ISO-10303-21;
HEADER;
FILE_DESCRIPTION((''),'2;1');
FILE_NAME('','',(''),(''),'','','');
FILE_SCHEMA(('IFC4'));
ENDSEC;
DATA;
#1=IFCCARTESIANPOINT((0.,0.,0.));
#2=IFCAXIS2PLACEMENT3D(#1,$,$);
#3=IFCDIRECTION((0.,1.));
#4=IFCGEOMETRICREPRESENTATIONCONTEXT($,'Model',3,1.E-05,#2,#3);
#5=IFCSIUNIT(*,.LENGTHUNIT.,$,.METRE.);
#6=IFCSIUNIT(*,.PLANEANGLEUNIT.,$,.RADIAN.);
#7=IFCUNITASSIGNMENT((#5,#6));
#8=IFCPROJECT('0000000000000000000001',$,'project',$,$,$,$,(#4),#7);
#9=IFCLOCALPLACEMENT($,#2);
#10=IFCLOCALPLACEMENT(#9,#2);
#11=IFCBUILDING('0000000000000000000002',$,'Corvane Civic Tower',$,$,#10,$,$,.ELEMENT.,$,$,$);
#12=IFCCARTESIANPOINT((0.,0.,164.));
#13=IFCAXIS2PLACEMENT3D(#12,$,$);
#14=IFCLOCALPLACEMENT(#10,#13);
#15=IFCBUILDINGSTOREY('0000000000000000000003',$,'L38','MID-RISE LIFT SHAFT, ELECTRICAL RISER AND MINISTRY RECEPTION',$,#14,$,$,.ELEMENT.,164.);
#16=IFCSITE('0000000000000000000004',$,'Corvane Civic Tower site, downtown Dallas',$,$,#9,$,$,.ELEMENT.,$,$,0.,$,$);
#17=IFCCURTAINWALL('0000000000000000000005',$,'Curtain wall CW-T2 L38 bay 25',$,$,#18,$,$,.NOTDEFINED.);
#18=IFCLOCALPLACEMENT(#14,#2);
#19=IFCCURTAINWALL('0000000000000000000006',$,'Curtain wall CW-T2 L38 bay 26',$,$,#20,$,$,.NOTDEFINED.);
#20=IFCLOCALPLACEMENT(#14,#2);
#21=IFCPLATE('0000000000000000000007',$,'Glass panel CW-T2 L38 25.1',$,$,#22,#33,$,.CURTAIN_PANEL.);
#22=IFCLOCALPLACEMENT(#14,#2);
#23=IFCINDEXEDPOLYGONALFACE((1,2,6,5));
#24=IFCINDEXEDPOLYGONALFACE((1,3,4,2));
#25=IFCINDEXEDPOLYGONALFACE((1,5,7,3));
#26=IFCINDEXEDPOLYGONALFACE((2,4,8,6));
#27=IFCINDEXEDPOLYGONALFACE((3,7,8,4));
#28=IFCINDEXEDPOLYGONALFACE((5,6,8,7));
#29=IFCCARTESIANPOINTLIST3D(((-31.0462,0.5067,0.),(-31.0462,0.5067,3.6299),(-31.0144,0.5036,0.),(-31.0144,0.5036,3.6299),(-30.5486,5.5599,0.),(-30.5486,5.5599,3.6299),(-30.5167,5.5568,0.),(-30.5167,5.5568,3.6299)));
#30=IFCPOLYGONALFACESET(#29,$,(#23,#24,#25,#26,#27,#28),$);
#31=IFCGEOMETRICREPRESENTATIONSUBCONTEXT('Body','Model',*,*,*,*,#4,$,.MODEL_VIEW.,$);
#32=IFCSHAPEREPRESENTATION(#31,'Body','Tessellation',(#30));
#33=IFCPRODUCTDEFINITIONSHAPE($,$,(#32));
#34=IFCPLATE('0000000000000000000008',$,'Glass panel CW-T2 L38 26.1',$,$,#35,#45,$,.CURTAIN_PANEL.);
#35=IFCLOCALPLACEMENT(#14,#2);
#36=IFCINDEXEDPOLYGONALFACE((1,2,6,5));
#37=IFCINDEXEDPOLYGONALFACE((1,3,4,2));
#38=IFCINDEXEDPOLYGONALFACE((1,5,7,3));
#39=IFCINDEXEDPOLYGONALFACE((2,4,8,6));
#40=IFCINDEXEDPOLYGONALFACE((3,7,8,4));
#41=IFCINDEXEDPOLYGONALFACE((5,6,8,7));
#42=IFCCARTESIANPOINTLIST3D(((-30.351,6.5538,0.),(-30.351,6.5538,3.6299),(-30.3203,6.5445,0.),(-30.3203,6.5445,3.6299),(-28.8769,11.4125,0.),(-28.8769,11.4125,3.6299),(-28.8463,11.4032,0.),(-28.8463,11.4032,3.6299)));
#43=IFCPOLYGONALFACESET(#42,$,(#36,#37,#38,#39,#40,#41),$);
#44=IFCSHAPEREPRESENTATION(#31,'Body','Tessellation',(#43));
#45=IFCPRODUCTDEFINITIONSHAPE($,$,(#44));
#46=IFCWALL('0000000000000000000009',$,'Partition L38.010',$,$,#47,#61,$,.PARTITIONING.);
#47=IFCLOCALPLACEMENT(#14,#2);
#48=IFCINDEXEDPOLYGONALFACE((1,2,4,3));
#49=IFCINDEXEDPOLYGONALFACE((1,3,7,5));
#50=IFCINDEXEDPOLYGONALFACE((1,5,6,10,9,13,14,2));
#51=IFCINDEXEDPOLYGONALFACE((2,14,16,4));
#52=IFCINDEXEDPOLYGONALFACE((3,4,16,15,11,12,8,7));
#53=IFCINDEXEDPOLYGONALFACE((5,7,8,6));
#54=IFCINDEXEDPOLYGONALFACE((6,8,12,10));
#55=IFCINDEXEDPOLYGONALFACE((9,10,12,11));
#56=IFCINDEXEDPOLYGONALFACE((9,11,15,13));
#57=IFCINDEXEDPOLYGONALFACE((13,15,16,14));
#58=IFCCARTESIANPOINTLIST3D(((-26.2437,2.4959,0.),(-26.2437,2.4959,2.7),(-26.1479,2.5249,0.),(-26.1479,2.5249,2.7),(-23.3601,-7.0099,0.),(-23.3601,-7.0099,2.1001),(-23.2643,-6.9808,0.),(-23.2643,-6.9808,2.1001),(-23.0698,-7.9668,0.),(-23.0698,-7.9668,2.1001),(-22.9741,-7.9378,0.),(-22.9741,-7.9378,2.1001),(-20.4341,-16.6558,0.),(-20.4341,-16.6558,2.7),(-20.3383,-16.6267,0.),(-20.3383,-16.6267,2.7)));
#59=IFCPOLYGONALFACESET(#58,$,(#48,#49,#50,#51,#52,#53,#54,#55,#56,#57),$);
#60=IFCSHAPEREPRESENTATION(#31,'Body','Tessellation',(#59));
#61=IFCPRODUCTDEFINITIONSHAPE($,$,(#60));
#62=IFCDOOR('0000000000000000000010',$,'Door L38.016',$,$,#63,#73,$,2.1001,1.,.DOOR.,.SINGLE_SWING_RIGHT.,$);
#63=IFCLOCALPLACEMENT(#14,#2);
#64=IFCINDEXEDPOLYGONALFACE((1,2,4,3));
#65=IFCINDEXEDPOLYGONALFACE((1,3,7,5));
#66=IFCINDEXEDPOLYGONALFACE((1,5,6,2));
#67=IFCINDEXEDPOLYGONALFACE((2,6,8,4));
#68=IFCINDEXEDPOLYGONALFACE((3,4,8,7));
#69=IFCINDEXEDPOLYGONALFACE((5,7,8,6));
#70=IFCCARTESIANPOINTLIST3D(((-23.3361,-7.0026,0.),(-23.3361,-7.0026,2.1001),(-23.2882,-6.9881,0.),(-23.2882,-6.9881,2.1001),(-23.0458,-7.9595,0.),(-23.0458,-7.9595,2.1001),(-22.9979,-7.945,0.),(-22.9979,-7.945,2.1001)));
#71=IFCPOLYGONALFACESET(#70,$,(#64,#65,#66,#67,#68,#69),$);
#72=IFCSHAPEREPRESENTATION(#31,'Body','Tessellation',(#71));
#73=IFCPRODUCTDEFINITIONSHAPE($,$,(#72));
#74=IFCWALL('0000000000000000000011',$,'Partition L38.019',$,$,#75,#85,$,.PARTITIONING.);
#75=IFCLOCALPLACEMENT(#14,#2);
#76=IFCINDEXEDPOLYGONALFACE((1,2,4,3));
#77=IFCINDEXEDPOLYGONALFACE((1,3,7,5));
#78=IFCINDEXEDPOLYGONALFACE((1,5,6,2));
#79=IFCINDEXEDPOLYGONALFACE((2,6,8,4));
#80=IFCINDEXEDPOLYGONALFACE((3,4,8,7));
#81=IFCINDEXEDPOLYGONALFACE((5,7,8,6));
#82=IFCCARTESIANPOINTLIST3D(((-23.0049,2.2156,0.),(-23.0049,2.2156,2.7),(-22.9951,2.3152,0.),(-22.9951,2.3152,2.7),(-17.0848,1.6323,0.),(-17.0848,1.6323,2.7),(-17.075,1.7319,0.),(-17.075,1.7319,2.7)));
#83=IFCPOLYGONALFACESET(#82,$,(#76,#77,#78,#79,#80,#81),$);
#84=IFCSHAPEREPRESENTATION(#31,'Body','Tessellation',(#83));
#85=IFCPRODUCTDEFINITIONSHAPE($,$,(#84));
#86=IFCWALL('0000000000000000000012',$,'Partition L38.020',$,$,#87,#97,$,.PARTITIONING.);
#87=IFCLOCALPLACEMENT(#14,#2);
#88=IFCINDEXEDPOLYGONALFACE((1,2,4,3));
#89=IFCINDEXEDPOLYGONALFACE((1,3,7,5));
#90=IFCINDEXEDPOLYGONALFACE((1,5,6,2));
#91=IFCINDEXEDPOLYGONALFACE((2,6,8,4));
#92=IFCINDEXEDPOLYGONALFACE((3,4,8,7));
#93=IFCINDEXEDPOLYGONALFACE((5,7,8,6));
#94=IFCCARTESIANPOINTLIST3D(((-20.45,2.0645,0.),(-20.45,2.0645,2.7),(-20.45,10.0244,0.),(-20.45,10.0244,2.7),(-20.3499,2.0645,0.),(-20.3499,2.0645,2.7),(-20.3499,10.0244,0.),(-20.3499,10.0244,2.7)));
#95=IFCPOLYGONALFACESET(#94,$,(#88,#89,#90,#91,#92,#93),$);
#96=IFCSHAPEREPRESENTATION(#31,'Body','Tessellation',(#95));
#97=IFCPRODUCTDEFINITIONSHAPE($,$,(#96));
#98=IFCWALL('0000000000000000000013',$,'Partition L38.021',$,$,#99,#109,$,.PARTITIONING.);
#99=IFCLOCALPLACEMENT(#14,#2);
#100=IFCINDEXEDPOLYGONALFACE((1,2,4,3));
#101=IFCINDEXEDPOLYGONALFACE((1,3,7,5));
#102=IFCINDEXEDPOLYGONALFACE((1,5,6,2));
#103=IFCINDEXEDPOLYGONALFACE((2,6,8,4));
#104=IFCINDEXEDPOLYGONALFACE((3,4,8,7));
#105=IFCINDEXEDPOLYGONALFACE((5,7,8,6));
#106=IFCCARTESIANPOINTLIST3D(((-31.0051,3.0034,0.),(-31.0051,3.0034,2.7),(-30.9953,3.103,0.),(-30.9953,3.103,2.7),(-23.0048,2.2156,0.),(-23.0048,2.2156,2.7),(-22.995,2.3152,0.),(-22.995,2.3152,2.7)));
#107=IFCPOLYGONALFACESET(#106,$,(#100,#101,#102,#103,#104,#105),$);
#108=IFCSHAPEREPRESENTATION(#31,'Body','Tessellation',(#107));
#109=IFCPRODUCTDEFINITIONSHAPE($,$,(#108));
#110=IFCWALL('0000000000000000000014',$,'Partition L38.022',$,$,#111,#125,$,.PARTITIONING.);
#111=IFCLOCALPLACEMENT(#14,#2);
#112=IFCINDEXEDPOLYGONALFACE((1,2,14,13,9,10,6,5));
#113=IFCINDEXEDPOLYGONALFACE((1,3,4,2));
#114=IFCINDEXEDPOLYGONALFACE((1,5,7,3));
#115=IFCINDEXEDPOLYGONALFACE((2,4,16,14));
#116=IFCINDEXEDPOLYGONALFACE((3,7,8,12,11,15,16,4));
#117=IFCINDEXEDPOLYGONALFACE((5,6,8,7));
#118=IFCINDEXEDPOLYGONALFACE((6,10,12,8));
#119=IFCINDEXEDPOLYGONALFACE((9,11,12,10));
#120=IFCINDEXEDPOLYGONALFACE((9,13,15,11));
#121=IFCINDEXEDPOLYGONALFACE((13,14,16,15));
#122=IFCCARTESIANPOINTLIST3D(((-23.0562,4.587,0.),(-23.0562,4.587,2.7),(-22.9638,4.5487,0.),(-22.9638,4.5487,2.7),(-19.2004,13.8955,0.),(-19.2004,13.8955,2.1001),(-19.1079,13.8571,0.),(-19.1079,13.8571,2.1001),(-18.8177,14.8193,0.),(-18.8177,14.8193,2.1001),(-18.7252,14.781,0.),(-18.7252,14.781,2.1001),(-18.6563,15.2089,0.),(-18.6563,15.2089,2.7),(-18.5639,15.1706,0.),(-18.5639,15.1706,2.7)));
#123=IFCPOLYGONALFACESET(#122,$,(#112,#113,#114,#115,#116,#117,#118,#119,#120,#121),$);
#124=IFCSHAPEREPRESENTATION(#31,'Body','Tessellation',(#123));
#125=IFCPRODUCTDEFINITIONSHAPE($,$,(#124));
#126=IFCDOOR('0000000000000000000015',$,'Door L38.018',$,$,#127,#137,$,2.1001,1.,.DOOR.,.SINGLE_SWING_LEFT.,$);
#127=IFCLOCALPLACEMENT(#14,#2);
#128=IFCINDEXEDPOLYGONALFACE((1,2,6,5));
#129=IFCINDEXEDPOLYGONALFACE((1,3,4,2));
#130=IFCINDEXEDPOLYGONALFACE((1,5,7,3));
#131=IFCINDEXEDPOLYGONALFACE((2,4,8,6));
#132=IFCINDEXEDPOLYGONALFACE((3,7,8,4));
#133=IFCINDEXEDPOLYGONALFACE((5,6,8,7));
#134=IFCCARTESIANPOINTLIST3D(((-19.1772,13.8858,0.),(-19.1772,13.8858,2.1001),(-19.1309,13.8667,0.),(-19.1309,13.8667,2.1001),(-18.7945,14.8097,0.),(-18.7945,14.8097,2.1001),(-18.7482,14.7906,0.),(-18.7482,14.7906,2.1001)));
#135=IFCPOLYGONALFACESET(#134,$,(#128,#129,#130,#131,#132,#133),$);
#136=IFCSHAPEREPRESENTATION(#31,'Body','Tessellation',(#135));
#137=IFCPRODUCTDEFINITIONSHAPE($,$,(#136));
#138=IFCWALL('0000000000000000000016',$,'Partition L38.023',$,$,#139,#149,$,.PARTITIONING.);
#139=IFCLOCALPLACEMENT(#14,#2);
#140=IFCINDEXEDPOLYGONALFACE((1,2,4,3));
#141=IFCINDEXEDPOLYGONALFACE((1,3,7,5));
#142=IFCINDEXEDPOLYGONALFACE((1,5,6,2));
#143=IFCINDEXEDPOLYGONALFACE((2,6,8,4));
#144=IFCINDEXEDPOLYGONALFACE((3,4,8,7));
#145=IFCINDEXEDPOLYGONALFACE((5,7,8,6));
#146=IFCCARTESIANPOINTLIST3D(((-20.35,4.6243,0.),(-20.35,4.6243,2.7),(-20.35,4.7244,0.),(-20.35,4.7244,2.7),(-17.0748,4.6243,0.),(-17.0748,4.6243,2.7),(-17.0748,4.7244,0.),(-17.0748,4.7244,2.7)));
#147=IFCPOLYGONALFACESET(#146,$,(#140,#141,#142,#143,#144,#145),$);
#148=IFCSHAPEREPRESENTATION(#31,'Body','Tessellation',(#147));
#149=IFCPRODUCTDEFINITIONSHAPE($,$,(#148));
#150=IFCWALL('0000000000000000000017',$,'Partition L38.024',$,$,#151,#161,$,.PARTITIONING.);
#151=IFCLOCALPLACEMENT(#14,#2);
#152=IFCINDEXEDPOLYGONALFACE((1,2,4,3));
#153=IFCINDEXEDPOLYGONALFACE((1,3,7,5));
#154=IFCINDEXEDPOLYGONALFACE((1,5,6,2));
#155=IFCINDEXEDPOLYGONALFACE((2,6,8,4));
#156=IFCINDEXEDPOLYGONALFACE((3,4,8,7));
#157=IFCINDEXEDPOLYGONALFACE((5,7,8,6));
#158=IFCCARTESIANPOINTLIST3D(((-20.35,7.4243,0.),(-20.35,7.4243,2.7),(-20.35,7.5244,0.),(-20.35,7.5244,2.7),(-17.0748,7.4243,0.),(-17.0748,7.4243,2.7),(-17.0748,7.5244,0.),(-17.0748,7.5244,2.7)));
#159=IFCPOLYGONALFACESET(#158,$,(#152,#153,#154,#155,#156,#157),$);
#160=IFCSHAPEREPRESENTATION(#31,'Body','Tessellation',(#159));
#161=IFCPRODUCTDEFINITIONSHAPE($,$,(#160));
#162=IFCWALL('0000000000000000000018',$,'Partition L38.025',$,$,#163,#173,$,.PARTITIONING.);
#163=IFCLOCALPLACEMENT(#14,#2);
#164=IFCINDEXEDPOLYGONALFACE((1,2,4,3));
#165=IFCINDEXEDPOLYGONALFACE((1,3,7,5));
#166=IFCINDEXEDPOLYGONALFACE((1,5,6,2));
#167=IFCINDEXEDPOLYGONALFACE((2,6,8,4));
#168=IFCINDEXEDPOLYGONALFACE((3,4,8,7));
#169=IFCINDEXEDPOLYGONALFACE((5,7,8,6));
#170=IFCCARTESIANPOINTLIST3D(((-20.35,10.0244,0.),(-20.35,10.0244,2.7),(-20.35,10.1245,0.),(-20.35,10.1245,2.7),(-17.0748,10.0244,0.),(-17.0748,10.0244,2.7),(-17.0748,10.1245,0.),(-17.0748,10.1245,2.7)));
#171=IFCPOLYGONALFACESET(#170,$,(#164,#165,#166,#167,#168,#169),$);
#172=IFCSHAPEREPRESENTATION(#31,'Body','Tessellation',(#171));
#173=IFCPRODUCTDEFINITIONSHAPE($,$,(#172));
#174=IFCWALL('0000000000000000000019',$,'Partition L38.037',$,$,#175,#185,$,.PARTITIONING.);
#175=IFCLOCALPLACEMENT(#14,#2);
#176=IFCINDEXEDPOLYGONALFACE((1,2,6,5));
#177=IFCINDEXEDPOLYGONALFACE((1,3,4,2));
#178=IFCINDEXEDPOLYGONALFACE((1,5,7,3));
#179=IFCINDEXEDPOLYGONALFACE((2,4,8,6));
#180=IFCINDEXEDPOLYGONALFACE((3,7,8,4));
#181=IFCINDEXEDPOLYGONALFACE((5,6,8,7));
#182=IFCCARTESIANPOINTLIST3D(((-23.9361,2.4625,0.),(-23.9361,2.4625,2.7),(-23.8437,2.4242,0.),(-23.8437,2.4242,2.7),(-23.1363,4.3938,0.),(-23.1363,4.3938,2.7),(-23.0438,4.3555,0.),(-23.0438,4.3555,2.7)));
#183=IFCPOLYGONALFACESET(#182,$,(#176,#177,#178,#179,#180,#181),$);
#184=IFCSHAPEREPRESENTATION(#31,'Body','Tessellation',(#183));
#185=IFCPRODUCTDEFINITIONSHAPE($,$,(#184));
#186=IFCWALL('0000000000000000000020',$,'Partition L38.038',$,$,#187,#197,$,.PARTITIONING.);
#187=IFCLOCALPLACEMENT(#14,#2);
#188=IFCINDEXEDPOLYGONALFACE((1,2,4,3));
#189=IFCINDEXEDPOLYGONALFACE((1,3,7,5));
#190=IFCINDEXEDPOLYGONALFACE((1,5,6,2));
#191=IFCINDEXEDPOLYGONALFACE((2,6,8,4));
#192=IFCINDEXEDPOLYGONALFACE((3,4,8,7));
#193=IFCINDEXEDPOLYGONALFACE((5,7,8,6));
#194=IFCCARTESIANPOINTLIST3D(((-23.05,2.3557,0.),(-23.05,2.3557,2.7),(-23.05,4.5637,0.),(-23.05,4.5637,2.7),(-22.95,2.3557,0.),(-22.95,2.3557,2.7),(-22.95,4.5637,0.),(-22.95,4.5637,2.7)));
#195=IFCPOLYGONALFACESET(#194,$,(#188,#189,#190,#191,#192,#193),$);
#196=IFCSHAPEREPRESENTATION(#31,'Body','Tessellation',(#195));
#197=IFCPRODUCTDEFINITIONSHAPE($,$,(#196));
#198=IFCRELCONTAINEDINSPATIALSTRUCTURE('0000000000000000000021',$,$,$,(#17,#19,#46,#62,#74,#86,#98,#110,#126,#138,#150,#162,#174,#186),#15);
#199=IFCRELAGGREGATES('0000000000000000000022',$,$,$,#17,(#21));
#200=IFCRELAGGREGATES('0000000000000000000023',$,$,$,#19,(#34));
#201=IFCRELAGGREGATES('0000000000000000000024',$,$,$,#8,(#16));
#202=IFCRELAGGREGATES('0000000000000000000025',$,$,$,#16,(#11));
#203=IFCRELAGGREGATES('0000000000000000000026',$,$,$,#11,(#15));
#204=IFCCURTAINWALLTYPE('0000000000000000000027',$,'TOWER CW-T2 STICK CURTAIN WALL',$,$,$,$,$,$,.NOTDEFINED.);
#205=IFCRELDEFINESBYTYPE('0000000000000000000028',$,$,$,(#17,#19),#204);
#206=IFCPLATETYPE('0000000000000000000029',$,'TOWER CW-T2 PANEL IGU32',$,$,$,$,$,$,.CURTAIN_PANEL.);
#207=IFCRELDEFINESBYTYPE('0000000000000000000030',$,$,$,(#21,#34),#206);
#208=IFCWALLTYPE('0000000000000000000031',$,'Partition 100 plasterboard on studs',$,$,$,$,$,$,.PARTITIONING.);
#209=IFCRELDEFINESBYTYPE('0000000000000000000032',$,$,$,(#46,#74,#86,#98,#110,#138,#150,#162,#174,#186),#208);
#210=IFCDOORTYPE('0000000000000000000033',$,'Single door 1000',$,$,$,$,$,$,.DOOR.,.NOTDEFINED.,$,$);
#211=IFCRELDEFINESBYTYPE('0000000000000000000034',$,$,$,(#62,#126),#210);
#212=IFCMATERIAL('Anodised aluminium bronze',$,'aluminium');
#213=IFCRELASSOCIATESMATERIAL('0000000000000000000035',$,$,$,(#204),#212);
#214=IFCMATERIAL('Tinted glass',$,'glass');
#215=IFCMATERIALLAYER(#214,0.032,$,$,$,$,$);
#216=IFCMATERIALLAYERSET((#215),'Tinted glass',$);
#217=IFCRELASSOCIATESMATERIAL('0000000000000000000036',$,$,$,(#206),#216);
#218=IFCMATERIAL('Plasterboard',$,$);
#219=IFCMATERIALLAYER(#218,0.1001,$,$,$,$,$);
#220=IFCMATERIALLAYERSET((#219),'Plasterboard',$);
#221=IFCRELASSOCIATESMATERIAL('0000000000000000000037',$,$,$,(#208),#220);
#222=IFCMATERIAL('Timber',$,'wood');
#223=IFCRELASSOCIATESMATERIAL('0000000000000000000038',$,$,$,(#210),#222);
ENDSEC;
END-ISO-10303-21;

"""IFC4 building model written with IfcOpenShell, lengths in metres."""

from ifc_helpers import new_model, si_unit, direction, frame, frame_2d, origin, origin_2d, place, context, subcontext, project, spatial, rectangle, extrude, material, layer, layer_set, type_object, element, fill, aggregate, save


model = new_model("IFC4")

# Units and contexts
model_context = context("Model", 3, precision=1e-05, world=origin(), true_north=direction((0.0, 1.0)))
body_context = subcontext(model_context, "Body", "Model", "MODEL_VIEW")
ifc_project = project(units=[si_unit("LENGTHUNIT", "METRE"), si_unit("PLANEANGLEUNIT", "RADIAN")], contexts=[model_context])

# Site, building, storey
site_placement = place(None, origin())
site = spatial("IfcSite", under=ifc_project, at=site_placement, Name="Corvane Civic Tower site, downtown Dallas", CompositionType="ELEMENT", RefElevation=0.0)
building_placement = place(site_placement, origin())
building = spatial("IfcBuilding", under=site, at=building_placement, Name="Corvane Civic Tower", CompositionType="ELEMENT")
storey_placement = place(building_placement, frame((0.0, 0.0, 164.0)))
storey = spatial("IfcBuildingStorey", under=building, at=storey_placement, Name="L38", Description="MID-RISE LIFT SHAFT, ELECTRICAL RISER AND MINISTRY RECEPTION", CompositionType="ELEMENT", Elevation=164.0)

# Curtain walls
ifc_material_1 = material(Name="Anodised aluminium bronze", Category="aluminium")
curtain_wall_type = type_object("IfcCurtainWallType", Name="TOWER CW-T2 STICK CURTAIN WALL", PredefinedType="NOTDEFINED", material=ifc_material_1)
curtain_wall_1_placement = place(storey_placement, origin())
curtain_wall_1 = element("IfcCurtainWall", 1, at=curtain_wall_1_placement, inside=storey, type_object=curtain_wall_type, Name="Curtain wall CW-T2 L38 bay 25", PredefinedType="NOTDEFINED")
curtain_wall_2_placement = place(storey_placement, origin())
curtain_wall_2 = element("IfcCurtainWall", 2, at=curtain_wall_2_placement, inside=storey, type_object=curtain_wall_type, Name="Curtain wall CW-T2 L38 bay 26", PredefinedType="NOTDEFINED")

# Plates
ifc_material_2 = material(Name="Tinted glass", Category="glass")
ifc_layer_1 = layer(ifc_material_2, 0.032)
ifc_layer_set_1 = layer_set([ifc_layer_1], Name="Tinted glass")
plate_type = type_object("IfcPlateType", Name="TOWER CW-T2 PANEL IGU32", PredefinedType="CURTAIN_PANEL", material=ifc_layer_set_1)
plate_1_placement = place(storey_placement, frame((-30.7815, 3.0317, 0.0), z_axis=(0.0, 0.0, 1.0), x_axis=(0.098012, 0.995185, 0.0)))
plate_1 = element("IfcPlate", 3, at=plate_1_placement, type_object=plate_type, Name="Glass panel CW-T2 L38 25.1", PredefinedType="CURTAIN_PANEL", context=body_context, shape_type="SweptSolid", body=[
    extrude(rectangle(XDim=5.0776, YDim=0.032, at=origin_2d()), origin(), (0.0, 0.0, 1.0), 3.6299),
])
aggregate(curtain_wall_1, [plate_1])
plate_2_placement = place(storey_placement, frame((-29.5986, 8.9785, 0.0), z_axis=(0.0, 0.0, 1.0), x_axis=(0.290313, 0.956932, 0.0)))
plate_2 = element("IfcPlate", 4, at=plate_2_placement, type_object=plate_type, Name="Glass panel CW-T2 L38 26.1", PredefinedType="CURTAIN_PANEL", context=body_context, shape_type="SweptSolid", body=[
    extrude(rectangle(XDim=5.0774, YDim=0.032, at=origin_2d()), origin(), (0.0, 0.0, 1.0), 3.6299),
])
aggregate(curtain_wall_2, [plate_2])

# Wall, opening, door
ifc_material_3 = material(Name="Plasterboard")
ifc_layer_2 = layer(ifc_material_3, 0.1001)
ifc_layer_set_2 = layer_set([ifc_layer_2], Name="Plasterboard")
wall_type = type_object("IfcWallType", Name="Partition 100 plasterboard on studs", PredefinedType="PARTITIONING", material=ifc_layer_set_2)
wall_1_placement = place(storey_placement, frame((-26.1958, 2.5105, 0.0), z_axis=(0.0, 0.0, 1.0), x_axis=(0.290284, -0.95694, 0.0)))
wall_1 = element("IfcWall", 5, at=wall_1_placement, inside=storey, type_object=wall_type, Name="Partition L38.010", PredefinedType="PARTITIONING", context=body_context, shape_type="SweptSolid", body=[
    extrude(rectangle(XDim=20.0134, YDim=0.1001, at=frame_2d((10.0068, 0.0))), origin(), (0.0, 0.0, 1.0), 2.7),
])
opening_1_placement = place(wall_1_placement, frame((9.9336, 0.0, 0.0)))
opening_1 = element("IfcOpeningElement", 6, at=opening_1_placement, cuts=wall_1, PredefinedType="OPENING", context=body_context, shape_type="SweptSolid", body=[
    extrude(rectangle(XDim=1.0, YDim=2.1001, at=frame_2d((0.5, 1.05))), frame((0.0, 0.0601, 0.0), z_axis=(0.0, -1.0, 0.0), x_axis=(1.0, 0.0, 0.0)), (0.0, 0.0, 1.0), 0.1201),
])
ifc_material_4 = material(Name="Timber", Category="wood")
door_type = type_object("IfcDoorType", Name="Single door 1000", OperationType="NOTDEFINED", PredefinedType="DOOR", material=ifc_material_4)
door_1_placement = place(opening_1_placement, frame((1.0, 0.0, 0.0), z_axis=(0.0, 0.0, 1.0), x_axis=(-1.0, 0.0, 0.0)))
door_1 = element("IfcDoor", 7, at=door_1_placement, inside=storey, type_object=door_type, Name="Door L38.016", OperationType="SINGLE_SWING_RIGHT", OverallHeight=2.1001, OverallWidth=1.0, PredefinedType="DOOR", context=body_context, shape_type="SweptSolid", body=[
    extrude(rectangle(XDim=1.0, YDim=2.1001, at=frame_2d((0.5, 1.05))), frame((0.0, 0.0249, 0.0), z_axis=(0.0, -1.0, 0.0), x_axis=(1.0, 0.0, 0.0)), (0.0, 0.0, 1.0), 0.05),
])
fill(opening_1, door_1)

# Walls
wall_2_placement = place(storey_placement, frame((-23.0, 2.2654, 0.0), z_axis=(0.0, 0.0, 1.0), x_axis=(0.995182, -0.098045, 0.0)))
element("IfcWall", 8, at=wall_2_placement, inside=storey, type_object=wall_type, Name="Partition L38.019", PredefinedType="PARTITIONING", context=body_context, shape_type="SweptSolid", body=[
    extrude(rectangle(XDim=5.9487, YDim=0.1001, at=frame_2d((2.9744, 0.0))), origin(), (0.0, 0.0, 1.0), 2.7),
])
wall_3_placement = place(storey_placement, frame((-20.3999, 2.0645, 0.0), z_axis=(0.0, 0.0, 1.0), x_axis=(0.0, 1.0, 0.0)))
element("IfcWall", 9, at=wall_3_placement, inside=storey, type_object=wall_type, Name="Partition L38.020", PredefinedType="PARTITIONING", context=body_context, shape_type="SweptSolid", body=[
    extrude(rectangle(XDim=7.96, YDim=0.1001, at=frame_2d((3.98, 0.0))), origin(), (0.0, 0.0, 1.0), 2.7),
])
wall_4_placement = place(storey_placement, frame((-31.0002, 3.0532, 0.0), z_axis=(0.0, 0.0, 1.0), x_axis=(0.995186, -0.098003, 0.0)))
element("IfcWall", 10, at=wall_4_placement, inside=storey, type_object=wall_type, Name="Partition L38.021", PredefinedType="PARTITIONING", context=body_context, shape_type="SweptSolid", body=[
    extrude(rectangle(XDim=8.0391, YDim=0.1001, at=frame_2d((4.0195, 0.0))), origin(), (0.0, 0.0, 1.0), 2.7),
])

# Wall, opening, door
wall_5_placement = place(storey_placement, frame((-23.01, 4.5679, 0.0), z_axis=(0.0, 0.0, 1.0), x_axis=(0.382698, 0.923873, 0.0)))
wall_5 = element("IfcWall", 11, at=wall_5_placement, inside=storey, type_object=wall_type, Name="Partition L38.022", PredefinedType="PARTITIONING", context=body_context, shape_type="SweptSolid", body=[
    extrude(rectangle(XDim=11.4971, YDim=0.1001, at=frame_2d((5.7485, 0.0))), origin(), (0.0, 0.0, 1.0), 2.7),
])
opening_2_placement = place(wall_5_placement, frame((10.0754, 0.0, 0.0)))
opening_2 = element("IfcOpeningElement", 12, at=opening_2_placement, cuts=wall_5, PredefinedType="OPENING", context=body_context, shape_type="SweptSolid", body=[
    extrude(rectangle(XDim=1.0, YDim=2.1001, at=frame_2d((0.5, 1.05))), frame((0.0, 0.0601, 0.0), z_axis=(0.0, -1.0, 0.0), x_axis=(1.0, 0.0, 0.0)), (0.0, 0.0, 1.0), 0.1201),
])
door_2_placement = place(opening_2_placement, origin())
door_2 = element("IfcDoor", 13, at=door_2_placement, inside=storey, type_object=door_type, Name="Door L38.018", OperationType="SINGLE_SWING_LEFT", OverallHeight=2.1001, OverallWidth=1.0, PredefinedType="DOOR", context=body_context, shape_type="SweptSolid", body=[
    extrude(rectangle(XDim=1.0, YDim=2.1001, at=frame_2d((0.5, 1.05))), frame((0.0, 0.0249, 0.0), z_axis=(0.0, -1.0, 0.0), x_axis=(1.0, 0.0, 0.0)), (0.0, 0.0, 1.0), 0.05),
])
fill(opening_2, door_2)

# Walls
for number, where, z_axis, x_axis, name in (
    (14, (-20.3501, 4.6743, 0.0), (0.0, 0.0, 1.0), (1.0, 0.0, 0.0), "Partition L38.023"),
    (15, (-20.3501, 7.4744, 0.0), (0.0, 0.0, 1.0), (1.0, 0.0, 0.0), "Partition L38.024"),
    (16, (-20.3501, 10.0745, 0.0), (0.0, 0.0, 1.0), (1.0, 0.0, 0.0), "Partition L38.025"),
):
    element("IfcWall", number, at=place(storey_placement, frame(where, z_axis=z_axis, x_axis=x_axis)), inside=storey, type_object=wall_type, Name=name, PredefinedType="PARTITIONING", context=body_context, shape_type="SweptSolid", body=[
        extrude(rectangle(XDim=3.2751, YDim=0.1001, at=frame_2d((1.6377, 0.0))), origin(), (0.0, 0.0, 1.0), 2.7),
    ])
wall_6_placement = place(storey_placement, frame((-23.8899, 2.4434, 0.0), z_axis=(0.0, 0.0, 1.0), x_axis=(0.382641, 0.923897, 0.0)))
element("IfcWall", 17, at=wall_6_placement, inside=storey, type_object=wall_type, Name="Partition L38.037", PredefinedType="PARTITIONING", context=body_context, shape_type="SweptSolid", body=[
    extrude(rectangle(XDim=2.0903, YDim=0.1001, at=frame_2d((1.0452, 0.0))), origin(), (0.0, 0.0, 1.0), 2.7),
])
wall_7_placement = place(storey_placement, frame((-23.0, 2.3557, 0.0), z_axis=(0.0, 0.0, 1.0), x_axis=(0.0, 1.0, 0.0)))
element("IfcWall", 18, at=wall_7_placement, inside=storey, type_object=wall_type, Name="Partition L38.038", PredefinedType="PARTITIONING", context=body_context, shape_type="SweptSolid", body=[
    extrude(rectangle(XDim=2.208, YDim=0.1001, at=frame_2d((1.104, 0.0))), origin(), (0.0, 0.0, 1.0), 2.7),
])

save(model, "model.ifc")
